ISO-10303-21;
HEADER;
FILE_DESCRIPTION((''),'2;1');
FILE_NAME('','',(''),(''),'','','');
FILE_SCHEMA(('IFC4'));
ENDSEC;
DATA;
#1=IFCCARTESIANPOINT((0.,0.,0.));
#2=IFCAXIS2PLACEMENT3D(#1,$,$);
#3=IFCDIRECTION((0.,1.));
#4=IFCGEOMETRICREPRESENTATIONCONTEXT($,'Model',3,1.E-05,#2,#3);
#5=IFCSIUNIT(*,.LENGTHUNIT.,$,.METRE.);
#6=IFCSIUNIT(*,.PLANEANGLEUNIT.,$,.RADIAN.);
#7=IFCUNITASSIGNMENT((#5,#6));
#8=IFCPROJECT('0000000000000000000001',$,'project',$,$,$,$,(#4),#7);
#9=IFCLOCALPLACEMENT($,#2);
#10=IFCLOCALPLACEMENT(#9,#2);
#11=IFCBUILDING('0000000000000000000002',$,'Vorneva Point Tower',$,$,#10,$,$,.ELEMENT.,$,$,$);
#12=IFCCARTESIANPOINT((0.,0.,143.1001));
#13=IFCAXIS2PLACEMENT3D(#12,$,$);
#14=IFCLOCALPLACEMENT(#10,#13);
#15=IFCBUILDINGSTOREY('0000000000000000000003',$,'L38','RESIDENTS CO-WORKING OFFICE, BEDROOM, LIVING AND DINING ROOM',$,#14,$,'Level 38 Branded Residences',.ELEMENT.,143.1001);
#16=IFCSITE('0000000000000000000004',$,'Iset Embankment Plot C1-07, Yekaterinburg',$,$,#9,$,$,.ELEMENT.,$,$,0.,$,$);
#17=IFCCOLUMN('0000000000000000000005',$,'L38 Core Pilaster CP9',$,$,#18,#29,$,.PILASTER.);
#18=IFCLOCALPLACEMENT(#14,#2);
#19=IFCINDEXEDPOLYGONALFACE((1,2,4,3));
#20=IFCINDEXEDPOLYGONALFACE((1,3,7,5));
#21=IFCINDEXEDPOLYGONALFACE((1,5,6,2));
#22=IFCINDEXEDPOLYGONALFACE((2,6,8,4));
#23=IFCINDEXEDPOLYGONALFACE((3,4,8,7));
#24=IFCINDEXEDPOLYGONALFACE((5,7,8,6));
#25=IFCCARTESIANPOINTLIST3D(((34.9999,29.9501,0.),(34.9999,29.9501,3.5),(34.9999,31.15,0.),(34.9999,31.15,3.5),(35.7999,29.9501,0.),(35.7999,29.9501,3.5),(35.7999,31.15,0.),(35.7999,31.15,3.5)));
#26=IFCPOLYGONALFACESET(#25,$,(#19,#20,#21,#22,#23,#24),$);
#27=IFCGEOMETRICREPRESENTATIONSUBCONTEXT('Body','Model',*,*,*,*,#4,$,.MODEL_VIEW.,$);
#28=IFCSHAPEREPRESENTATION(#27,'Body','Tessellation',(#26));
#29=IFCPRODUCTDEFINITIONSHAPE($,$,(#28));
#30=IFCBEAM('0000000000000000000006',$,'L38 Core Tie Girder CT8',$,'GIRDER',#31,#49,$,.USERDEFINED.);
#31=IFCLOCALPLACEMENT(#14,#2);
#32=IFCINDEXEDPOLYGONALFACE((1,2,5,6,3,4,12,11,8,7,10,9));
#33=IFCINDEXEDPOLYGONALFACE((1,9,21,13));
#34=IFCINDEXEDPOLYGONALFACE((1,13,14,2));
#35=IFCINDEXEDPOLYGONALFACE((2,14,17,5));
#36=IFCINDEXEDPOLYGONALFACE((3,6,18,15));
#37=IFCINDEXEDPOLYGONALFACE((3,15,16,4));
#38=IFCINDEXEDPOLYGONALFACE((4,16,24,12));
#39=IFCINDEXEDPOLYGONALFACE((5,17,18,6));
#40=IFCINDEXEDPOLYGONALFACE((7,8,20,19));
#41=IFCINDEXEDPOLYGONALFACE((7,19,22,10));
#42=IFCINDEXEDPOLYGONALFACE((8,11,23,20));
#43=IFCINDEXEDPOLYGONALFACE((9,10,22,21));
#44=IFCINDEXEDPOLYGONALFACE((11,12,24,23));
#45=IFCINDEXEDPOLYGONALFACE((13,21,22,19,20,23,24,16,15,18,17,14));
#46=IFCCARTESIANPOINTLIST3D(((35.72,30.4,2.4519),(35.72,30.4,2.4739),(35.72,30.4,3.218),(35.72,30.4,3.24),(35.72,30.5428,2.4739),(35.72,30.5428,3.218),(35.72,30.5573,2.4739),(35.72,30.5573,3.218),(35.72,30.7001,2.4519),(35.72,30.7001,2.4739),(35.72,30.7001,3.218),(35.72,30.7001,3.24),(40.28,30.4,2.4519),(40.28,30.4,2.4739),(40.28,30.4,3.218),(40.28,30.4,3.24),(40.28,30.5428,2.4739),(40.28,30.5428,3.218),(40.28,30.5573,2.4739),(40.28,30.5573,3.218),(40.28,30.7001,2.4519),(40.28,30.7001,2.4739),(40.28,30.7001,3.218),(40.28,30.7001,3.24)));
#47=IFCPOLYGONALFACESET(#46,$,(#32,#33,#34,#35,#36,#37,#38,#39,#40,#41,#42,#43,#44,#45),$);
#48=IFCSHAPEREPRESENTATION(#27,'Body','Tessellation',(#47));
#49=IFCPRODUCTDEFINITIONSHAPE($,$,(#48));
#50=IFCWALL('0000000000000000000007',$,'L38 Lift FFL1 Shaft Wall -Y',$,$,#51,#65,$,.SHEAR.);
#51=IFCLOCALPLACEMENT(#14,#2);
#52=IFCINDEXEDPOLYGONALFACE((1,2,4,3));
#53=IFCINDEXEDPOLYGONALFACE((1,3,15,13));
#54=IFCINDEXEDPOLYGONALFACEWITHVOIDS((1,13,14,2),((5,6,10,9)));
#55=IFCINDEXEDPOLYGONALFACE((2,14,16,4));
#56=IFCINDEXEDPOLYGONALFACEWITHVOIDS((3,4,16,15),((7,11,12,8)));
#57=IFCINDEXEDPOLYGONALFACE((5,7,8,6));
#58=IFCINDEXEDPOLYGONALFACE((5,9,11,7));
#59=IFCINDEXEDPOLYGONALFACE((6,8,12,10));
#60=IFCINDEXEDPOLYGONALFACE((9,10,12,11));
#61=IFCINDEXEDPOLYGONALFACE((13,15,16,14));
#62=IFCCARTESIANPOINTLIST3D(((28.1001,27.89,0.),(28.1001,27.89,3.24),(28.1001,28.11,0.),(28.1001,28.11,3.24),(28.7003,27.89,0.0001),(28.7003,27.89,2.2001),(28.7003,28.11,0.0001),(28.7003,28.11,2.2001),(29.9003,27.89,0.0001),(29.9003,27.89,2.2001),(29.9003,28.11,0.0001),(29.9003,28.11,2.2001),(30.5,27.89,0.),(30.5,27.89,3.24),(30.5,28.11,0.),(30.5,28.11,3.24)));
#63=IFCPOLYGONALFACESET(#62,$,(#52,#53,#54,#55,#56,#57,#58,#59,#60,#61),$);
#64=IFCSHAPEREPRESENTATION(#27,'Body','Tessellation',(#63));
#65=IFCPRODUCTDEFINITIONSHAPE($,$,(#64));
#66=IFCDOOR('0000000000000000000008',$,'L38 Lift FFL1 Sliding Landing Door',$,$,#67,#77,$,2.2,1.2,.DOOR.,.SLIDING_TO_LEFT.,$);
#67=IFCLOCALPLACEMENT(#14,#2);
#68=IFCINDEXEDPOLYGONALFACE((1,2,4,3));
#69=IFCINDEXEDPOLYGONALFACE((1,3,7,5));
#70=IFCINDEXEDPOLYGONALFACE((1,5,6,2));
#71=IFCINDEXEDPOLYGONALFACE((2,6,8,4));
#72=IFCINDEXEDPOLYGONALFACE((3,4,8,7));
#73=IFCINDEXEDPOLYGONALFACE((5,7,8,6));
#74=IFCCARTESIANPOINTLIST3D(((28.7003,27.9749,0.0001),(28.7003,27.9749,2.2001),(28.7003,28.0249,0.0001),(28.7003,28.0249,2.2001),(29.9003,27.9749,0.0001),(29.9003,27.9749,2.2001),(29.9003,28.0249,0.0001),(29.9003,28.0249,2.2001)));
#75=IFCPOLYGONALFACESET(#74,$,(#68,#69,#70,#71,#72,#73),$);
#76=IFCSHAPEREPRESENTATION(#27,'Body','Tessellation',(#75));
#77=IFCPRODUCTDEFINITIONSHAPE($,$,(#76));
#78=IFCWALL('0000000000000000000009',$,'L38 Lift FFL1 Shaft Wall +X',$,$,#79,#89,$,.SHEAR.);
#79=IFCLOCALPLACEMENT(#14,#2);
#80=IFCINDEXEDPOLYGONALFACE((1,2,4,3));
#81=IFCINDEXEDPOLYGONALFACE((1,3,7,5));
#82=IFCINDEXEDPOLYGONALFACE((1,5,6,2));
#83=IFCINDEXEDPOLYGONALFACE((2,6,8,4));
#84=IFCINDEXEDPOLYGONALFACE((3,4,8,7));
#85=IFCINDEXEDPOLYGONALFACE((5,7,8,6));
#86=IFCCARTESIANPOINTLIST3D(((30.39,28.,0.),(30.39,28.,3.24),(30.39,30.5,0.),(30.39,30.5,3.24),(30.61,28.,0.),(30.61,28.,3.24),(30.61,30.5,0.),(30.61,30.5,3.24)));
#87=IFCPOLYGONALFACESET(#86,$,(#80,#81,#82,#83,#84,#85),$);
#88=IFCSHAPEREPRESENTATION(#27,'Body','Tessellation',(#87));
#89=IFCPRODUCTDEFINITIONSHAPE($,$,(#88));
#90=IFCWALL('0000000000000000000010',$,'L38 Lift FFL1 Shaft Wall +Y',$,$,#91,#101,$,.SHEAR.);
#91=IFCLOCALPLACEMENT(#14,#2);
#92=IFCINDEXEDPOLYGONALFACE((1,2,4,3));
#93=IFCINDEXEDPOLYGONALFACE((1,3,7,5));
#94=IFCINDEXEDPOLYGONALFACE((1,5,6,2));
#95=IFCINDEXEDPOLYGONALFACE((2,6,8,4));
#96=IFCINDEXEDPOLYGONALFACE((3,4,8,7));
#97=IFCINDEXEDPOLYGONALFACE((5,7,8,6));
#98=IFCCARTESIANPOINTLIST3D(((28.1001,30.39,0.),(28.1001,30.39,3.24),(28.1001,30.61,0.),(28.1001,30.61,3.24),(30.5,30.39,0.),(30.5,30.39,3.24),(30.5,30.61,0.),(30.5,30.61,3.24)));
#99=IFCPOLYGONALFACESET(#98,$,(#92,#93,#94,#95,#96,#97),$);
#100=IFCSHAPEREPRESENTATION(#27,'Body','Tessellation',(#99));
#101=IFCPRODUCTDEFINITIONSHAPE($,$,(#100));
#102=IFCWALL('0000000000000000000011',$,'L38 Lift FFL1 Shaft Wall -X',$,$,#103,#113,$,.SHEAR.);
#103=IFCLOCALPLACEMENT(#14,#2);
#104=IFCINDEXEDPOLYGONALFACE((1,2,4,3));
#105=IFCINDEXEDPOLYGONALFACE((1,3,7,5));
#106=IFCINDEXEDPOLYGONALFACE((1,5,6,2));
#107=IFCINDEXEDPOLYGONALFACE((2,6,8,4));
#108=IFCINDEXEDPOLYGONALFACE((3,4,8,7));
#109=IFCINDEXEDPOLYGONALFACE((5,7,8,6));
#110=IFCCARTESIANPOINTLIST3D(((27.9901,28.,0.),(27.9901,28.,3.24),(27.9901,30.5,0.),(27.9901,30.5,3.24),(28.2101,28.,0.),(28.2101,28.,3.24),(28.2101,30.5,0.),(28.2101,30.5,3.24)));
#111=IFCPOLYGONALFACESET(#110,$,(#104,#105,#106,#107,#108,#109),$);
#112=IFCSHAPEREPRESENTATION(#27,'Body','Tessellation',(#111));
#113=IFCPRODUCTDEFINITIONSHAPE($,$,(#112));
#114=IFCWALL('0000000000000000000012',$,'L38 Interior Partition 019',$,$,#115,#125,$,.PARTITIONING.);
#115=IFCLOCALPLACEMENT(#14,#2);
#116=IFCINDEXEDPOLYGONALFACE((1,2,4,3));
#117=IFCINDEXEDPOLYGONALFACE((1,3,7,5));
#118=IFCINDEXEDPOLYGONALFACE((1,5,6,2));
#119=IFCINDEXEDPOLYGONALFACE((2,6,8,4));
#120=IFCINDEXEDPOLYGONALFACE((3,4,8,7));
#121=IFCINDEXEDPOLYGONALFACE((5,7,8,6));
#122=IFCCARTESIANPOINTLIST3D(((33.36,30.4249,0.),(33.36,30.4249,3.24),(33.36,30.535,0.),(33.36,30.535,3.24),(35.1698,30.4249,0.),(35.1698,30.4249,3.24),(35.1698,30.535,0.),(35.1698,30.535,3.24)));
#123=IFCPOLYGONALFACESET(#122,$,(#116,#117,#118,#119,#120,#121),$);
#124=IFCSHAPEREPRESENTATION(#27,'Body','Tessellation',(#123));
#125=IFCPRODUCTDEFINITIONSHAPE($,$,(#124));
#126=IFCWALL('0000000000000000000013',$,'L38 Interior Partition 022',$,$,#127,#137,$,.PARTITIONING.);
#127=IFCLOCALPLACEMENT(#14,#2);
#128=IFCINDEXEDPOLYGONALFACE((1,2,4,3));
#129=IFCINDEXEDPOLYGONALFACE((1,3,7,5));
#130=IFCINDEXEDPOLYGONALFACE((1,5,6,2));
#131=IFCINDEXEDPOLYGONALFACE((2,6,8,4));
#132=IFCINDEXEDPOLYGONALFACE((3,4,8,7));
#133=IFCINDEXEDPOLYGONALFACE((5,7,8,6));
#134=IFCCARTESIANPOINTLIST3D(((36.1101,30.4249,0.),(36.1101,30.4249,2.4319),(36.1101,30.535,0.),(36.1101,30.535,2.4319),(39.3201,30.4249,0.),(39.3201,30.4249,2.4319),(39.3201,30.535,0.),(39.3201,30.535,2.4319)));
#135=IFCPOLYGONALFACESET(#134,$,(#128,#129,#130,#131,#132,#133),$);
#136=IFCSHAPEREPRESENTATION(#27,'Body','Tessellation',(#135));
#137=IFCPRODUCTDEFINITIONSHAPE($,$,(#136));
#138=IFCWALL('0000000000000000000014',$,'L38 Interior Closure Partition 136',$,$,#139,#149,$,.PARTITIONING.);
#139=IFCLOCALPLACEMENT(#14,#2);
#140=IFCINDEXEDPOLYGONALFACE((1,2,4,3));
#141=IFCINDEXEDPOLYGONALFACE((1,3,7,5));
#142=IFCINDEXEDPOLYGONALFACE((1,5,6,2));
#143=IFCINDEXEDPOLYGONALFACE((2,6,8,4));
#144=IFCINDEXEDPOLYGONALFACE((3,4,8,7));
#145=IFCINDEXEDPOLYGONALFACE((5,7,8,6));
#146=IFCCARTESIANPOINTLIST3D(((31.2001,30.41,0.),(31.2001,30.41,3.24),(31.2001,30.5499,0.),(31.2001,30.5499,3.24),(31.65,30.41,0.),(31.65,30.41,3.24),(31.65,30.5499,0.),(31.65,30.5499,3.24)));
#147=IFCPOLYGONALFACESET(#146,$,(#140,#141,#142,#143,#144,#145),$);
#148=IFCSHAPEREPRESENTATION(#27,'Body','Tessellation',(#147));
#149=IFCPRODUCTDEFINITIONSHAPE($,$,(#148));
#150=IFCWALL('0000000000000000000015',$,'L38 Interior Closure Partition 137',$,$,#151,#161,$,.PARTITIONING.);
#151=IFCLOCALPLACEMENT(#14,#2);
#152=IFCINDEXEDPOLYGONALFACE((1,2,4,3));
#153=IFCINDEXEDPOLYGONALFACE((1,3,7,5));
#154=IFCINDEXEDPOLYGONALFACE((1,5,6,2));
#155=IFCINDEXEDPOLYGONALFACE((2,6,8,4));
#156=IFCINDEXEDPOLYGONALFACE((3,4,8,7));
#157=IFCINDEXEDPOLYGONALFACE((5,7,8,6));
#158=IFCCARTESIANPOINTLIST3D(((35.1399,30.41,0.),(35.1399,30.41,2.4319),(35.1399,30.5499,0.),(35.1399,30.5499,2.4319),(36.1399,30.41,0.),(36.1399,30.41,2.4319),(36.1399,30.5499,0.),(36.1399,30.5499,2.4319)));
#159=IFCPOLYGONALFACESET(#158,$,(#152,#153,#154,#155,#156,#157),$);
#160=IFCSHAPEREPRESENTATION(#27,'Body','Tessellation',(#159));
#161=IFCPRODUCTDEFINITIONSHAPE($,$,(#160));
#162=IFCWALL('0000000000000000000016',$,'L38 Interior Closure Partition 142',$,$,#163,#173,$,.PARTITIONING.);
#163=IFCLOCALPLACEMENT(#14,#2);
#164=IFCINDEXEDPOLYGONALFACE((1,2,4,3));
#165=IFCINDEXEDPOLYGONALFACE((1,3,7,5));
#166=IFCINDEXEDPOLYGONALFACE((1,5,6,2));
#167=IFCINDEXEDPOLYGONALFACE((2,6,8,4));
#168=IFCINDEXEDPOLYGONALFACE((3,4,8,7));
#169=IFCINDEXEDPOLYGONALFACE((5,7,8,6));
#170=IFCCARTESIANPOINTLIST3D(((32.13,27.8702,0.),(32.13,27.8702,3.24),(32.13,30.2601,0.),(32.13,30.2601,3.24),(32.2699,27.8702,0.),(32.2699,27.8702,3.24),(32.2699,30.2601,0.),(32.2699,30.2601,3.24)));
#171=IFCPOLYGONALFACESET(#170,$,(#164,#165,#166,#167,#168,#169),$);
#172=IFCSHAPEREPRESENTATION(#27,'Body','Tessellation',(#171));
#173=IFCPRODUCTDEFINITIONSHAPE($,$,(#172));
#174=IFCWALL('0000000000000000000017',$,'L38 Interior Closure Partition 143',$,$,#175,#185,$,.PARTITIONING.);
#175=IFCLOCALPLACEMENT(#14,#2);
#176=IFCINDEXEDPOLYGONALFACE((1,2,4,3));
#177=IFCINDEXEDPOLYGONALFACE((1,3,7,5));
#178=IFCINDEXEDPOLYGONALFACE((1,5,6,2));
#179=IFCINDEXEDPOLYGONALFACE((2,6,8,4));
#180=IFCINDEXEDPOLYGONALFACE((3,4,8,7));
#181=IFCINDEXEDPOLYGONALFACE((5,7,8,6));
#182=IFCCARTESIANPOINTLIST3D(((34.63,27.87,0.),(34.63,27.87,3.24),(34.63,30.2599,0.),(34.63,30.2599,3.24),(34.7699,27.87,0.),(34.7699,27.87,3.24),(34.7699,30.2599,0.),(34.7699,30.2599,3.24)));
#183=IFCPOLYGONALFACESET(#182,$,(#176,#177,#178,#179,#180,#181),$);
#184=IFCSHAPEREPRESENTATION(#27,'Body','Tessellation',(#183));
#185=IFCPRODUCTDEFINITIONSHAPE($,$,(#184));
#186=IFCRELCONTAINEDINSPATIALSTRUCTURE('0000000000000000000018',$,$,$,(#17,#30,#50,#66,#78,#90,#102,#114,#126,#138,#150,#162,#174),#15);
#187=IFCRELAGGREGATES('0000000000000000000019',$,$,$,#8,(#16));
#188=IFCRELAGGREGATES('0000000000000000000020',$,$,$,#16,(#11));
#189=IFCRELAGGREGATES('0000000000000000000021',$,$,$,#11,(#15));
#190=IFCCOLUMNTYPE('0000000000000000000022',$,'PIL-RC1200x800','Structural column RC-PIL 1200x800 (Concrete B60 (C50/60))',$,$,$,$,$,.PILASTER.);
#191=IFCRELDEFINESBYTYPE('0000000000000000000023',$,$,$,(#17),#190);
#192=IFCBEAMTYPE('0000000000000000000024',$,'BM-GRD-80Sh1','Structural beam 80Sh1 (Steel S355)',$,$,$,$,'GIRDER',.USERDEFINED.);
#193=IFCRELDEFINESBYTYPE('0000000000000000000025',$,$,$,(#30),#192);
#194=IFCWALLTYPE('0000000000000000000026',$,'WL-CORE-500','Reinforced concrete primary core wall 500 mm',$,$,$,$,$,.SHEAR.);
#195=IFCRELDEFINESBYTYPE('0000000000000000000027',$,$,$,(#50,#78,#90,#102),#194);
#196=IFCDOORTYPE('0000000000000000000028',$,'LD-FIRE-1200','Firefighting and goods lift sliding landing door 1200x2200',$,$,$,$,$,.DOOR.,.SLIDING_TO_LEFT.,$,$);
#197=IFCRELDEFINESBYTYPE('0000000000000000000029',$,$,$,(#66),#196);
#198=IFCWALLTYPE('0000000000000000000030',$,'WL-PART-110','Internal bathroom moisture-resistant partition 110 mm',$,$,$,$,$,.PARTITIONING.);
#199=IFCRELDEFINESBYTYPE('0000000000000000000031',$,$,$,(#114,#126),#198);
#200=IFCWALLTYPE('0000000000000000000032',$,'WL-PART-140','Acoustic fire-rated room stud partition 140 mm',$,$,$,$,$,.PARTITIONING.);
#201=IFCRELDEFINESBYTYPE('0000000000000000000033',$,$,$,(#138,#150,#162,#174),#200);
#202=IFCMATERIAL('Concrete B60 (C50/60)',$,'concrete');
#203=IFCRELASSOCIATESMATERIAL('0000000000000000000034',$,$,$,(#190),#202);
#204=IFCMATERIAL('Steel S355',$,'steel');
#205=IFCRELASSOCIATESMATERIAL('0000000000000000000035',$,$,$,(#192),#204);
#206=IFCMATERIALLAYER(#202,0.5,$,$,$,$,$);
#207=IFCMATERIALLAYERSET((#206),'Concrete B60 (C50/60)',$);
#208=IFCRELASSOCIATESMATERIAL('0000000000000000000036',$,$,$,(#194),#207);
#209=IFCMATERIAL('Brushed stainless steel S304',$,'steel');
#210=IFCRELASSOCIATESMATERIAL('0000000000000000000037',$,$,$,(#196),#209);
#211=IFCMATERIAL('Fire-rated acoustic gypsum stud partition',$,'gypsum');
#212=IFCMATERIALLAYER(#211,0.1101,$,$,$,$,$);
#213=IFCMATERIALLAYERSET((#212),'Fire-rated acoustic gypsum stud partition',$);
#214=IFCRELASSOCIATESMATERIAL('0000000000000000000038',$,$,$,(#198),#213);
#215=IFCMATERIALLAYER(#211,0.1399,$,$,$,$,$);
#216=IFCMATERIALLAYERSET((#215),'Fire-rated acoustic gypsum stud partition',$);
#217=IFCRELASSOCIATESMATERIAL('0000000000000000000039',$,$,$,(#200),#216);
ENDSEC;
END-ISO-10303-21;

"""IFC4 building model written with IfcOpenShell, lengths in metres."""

from ifc_helpers import new_model, si_unit, direction, frame, frame_2d, origin, origin_2d, place, context, subcontext, project, spatial, rectangle, i_section, extrude, material, layer, layer_set, material_profile, profile_set, type_object, element, fill, save


model = new_model("IFC4")

# Units and contexts
model_context = context("Model", 3, precision=1e-05, world=origin(), true_north=direction((0.0, 1.0)))
body_context = subcontext(model_context, "Body", "Model", "MODEL_VIEW")
ifc_project = project(units=[si_unit("LENGTHUNIT", "METRE"), si_unit("PLANEANGLEUNIT", "RADIAN")], contexts=[model_context])

# Site, building, storey
site_placement = place(None, origin())
site = spatial("IfcSite", under=ifc_project, at=site_placement, Name="Iset Embankment Plot C1-07, Yekaterinburg", CompositionType="ELEMENT", RefElevation=0.0)
building_placement = place(site_placement, origin())
building = spatial("IfcBuilding", under=site, at=building_placement, Name="Vorneva Point Tower", CompositionType="ELEMENT")
storey_placement = place(building_placement, frame((0.0, 0.0, 143.1001)))
storey = spatial("IfcBuildingStorey", under=building, at=storey_placement, Name="L38", Description="RESIDENTS CO-WORKING OFFICE, BEDROOM, LIVING AND DINING ROOM", LongName="Level 38 Branded Residences", CompositionType="ELEMENT", Elevation=143.1001)

# Column
ifc_material_1 = material(Name="Concrete B60 (C50/60)", Category="concrete")
ifc_material_profile_1 = material_profile(ifc_material_1, rectangle(XDim=0.8, YDim=1.2, at=origin_2d()), Name="RC-PIL 1200x800")
ifc_profile_set_1 = profile_set([ifc_material_profile_1], Name="Concrete B60 (C50/60)")
column_type = type_object("IfcColumnType", Name="PIL-RC1200x800", Description="Structural column RC-PIL 1200x800 (Concrete B60 (C50/60))", PredefinedType="PILASTER", material=ifc_profile_set_1)
column_placement = place(storey_placement, frame((35.3999, 30.55, 0.0), z_axis=(0.0, 0.0, 1.0), x_axis=(1.0, 0.0, 0.0)))
element("IfcColumn", 1, at=column_placement, inside=storey, type_object=column_type, Name="L38 Core Pilaster CP9", PredefinedType="PILASTER", context=body_context, shape_type="SweptSolid", body=[
    extrude(rectangle(XDim=0.8, YDim=1.2, at=origin_2d()), origin(), (0.0, 0.0, 1.0), 3.5),
])

# Beam
ifc_material_2 = material(Name="Steel S355", Category="steel")
ifc_material_profile_2 = material_profile(ifc_material_2, i_section(OverallWidth=0.3, OverallDepth=0.7881, WebThickness=0.0144, FlangeThickness=0.022, at=origin_2d()), Name="80Sh1")
ifc_profile_set_2 = profile_set([ifc_material_profile_2], Name="Steel S355")
beam_type = type_object("IfcBeamType", Name="BM-GRD-80Sh1", Description="Structural beam 80Sh1 (Steel S355)", ElementType="GIRDER", PredefinedType="USERDEFINED", material=ifc_profile_set_2)
beam_placement = place(storey_placement, frame((35.72, 30.55, 2.8459), z_axis=(1.0, 0.0, 0.0), x_axis=(0.0, 1.0, 0.0)))
element("IfcBeam", 2, at=beam_placement, inside=storey, type_object=beam_type, Name="L38 Core Tie Girder CT8", ObjectType="GIRDER", PredefinedType="USERDEFINED", context=body_context, shape_type="SweptSolid", body=[
    extrude(i_section(OverallWidth=0.3, OverallDepth=0.7881, WebThickness=0.0144, FlangeThickness=0.022, at=origin_2d()), origin(), (0.0, 0.0, 1.0), 4.5601),
])

# Wall, opening, door
ifc_layer_1 = layer(ifc_material_1, 0.5)
ifc_layer_set_1 = layer_set([ifc_layer_1], Name="Concrete B60 (C50/60)")
wall_type_1 = type_object("IfcWallType", Name="WL-CORE-500", Description="Reinforced concrete primary core wall 500 mm", PredefinedType="SHEAR", material=ifc_layer_set_1)
wall_1_placement = place(storey_placement, frame((28.1001, 28.0, 0.0), z_axis=(0.0, 0.0, 1.0), x_axis=(1.0, 0.0, 0.0)))
wall_1 = element("IfcWall", 3, at=wall_1_placement, inside=storey, type_object=wall_type_1, Name="L38 Lift FFL1 Shaft Wall -Y", PredefinedType="SHEAR", context=body_context, shape_type="SweptSolid", body=[
    extrude(rectangle(XDim=2.3999, YDim=0.22, at=frame_2d((1.2, 0.0))), origin(), (0.0, 0.0, 1.0), 3.24),
])
opening_1_placement = place(wall_1_placement, frame((0.6001, 0.0, 0.0)))
opening_1 = element("IfcOpeningElement", 4, at=opening_1_placement, cuts=wall_1, PredefinedType="OPENING", context=body_context, shape_type="SweptSolid", body=[
    extrude(rectangle(XDim=1.2, YDim=2.2, at=frame_2d((0.6001, 1.1001))), frame((0.0, 0.125, 0.0), z_axis=(0.0, -1.0, 0.0), x_axis=(1.0, 0.0, 0.0)), (0.0, 0.0, 1.0), 0.2498),
])
ifc_material_3 = material(Name="Brushed stainless steel S304", Category="steel")
door_type_1 = type_object("IfcDoorType", Name="LD-FIRE-1200", Description="Firefighting and goods lift sliding landing door 1200x2200", OperationType="SLIDING_TO_LEFT", PredefinedType="DOOR", material=ifc_material_3)
door_1_placement = place(opening_1_placement, origin())
door_1 = element("IfcDoor", 5, at=door_1_placement, inside=storey, type_object=door_type_1, Name="L38 Lift FFL1 Sliding Landing Door", OperationType="SLIDING_TO_LEFT", OverallHeight=2.2, OverallWidth=1.2, PredefinedType="DOOR", context=body_context, shape_type="SweptSolid", body=[
    extrude(rectangle(XDim=1.2, YDim=2.2, at=frame_2d((0.6001, 1.1001))), frame((0.0, 0.0249, 0.0), z_axis=(0.0, -1.0, 0.0), x_axis=(1.0, 0.0, 0.0)), (0.0, 0.0, 1.0), 0.05),
])
fill(opening_1, door_1)

# Walls
wall_2_placement = place(storey_placement, frame((30.5, 28.0, 0.0), z_axis=(0.0, 0.0, 1.0), x_axis=(0.0, 1.0, 0.0)))
element("IfcWall", 6, at=wall_2_placement, inside=storey, type_object=wall_type_1, Name="L38 Lift FFL1 Shaft Wall +X", PredefinedType="SHEAR", context=body_context, shape_type="SweptSolid", body=[
    extrude(rectangle(XDim=2.5, YDim=0.22, at=frame_2d((1.25, 0.0))), origin(), (0.0, 0.0, 1.0), 3.24),
])
wall_3_placement = place(storey_placement, frame((30.5, 30.5, 0.0), z_axis=(0.0, 0.0, 1.0), x_axis=(-1.0, 0.0, 0.0)))
element("IfcWall", 7, at=wall_3_placement, inside=storey, type_object=wall_type_1, Name="L38 Lift FFL1 Shaft Wall +Y", PredefinedType="SHEAR", context=body_context, shape_type="SweptSolid", body=[
    extrude(rectangle(XDim=2.3999, YDim=0.22, at=frame_2d((1.2, 0.0))), origin(), (0.0, 0.0, 1.0), 3.24),
])
wall_4_placement = place(storey_placement, frame((28.1001, 30.5, 0.0), z_axis=(0.0, 0.0, 1.0), x_axis=(0.0, -1.0, 0.0)))
element("IfcWall", 8, at=wall_4_placement, inside=storey, type_object=wall_type_1, Name="L38 Lift FFL1 Shaft Wall -X", PredefinedType="SHEAR", context=body_context, shape_type="SweptSolid", body=[
    extrude(rectangle(XDim=2.5, YDim=0.22, at=frame_2d((1.25, 0.0))), origin(), (0.0, 0.0, 1.0), 3.24),
])
ifc_material_4 = material(Name="Fire-rated acoustic gypsum stud partition", Category="gypsum")
ifc_layer_2 = layer(ifc_material_4, 0.1101)
ifc_layer_set_2 = layer_set([ifc_layer_2], Name="Fire-rated acoustic gypsum stud partition")
wall_type_2 = type_object("IfcWallType", Name="WL-PART-110", Description="Internal bathroom moisture-resistant partition 110 mm", PredefinedType="PARTITIONING", material=ifc_layer_set_2)
wall_5_placement = place(storey_placement, frame((33.3601, 30.48, 0.0), z_axis=(0.0, 0.0, 1.0), x_axis=(1.0, 0.0, 0.0)))
element("IfcWall", 9, at=wall_5_placement, inside=storey, type_object=wall_type_2, Name="L38 Interior Partition 019", PredefinedType="PARTITIONING", context=body_context, shape_type="SweptSolid", body=[
    extrude(rectangle(XDim=1.8098, YDim=0.1101, at=frame_2d((0.9048, 0.0))), origin(), (0.0, 0.0, 1.0), 3.24),
])
wall_6_placement = place(storey_placement, frame((36.1101, 30.48, 0.0), z_axis=(0.0, 0.0, 1.0), x_axis=(1.0, 0.0, 0.0)))
element("IfcWall", 10, at=wall_6_placement, inside=storey, type_object=wall_type_2, Name="L38 Interior Partition 022", PredefinedType="PARTITIONING", context=body_context, shape_type="SweptSolid", body=[
    extrude(rectangle(XDim=3.21, YDim=0.1101, at=frame_2d((1.605, 0.0))), origin(), (0.0, 0.0, 1.0), 2.4319),
])
ifc_layer_3 = layer(ifc_material_4, 0.1399)
ifc_layer_set_3 = layer_set([ifc_layer_3], Name="Fire-rated acoustic gypsum stud partition")
wall_type_3 = type_object("IfcWallType", Name="WL-PART-140", Description="Acoustic fire-rated room stud partition 140 mm", PredefinedType="PARTITIONING", material=ifc_layer_set_3)
wall_7_placement = place(storey_placement, frame((31.2, 30.48, 0.0), z_axis=(0.0, 0.0, 1.0), x_axis=(1.0, 0.0, 0.0)))
element("IfcWall", 11, at=wall_7_placement, inside=storey, type_object=wall_type_3, Name="L38 Interior Closure Partition 136", PredefinedType="PARTITIONING", context=body_context, shape_type="SweptSolid", body=[
    extrude(rectangle(XDim=0.45, YDim=0.1399, at=frame_2d((0.2251, 0.0))), origin(), (0.0, 0.0, 1.0), 3.24),
])
wall_8_placement = place(storey_placement, frame((35.1399, 30.48, 0.0), z_axis=(0.0, 0.0, 1.0), x_axis=(1.0, 0.0, 0.0)))
element("IfcWall", 12, at=wall_8_placement, inside=storey, type_object=wall_type_3, Name="L38 Interior Closure Partition 137", PredefinedType="PARTITIONING", context=body_context, shape_type="SweptSolid", body=[
    extrude(rectangle(XDim=1.0, YDim=0.1399, at=frame_2d((0.5, 0.0))), origin(), (0.0, 0.0, 1.0), 2.4319),
])
for number, where, z_axis, x_axis, name in (
    (13, (32.2, 30.26, 0.0), (0.0, 0.0, 1.0), (0.0, -1.0, 0.0), "L38 Interior Closure Partition 142"),
    (14, (34.7, 27.8701, 0.0), (0.0, 0.0, 1.0), (0.0, 1.0, 0.0), "L38 Interior Closure Partition 143"),
):
    element("IfcWall", number, at=place(storey_placement, frame(where, z_axis=z_axis, x_axis=x_axis)), inside=storey, type_object=wall_type_3, Name=name, PredefinedType="PARTITIONING", context=body_context, shape_type="SweptSolid", body=[
        extrude(rectangle(XDim=2.3899, YDim=0.1399, at=frame_2d((1.1948, 0.0))), origin(), (0.0, 0.0, 1.0), 3.24),
    ])

save(model, "model.ifc")
